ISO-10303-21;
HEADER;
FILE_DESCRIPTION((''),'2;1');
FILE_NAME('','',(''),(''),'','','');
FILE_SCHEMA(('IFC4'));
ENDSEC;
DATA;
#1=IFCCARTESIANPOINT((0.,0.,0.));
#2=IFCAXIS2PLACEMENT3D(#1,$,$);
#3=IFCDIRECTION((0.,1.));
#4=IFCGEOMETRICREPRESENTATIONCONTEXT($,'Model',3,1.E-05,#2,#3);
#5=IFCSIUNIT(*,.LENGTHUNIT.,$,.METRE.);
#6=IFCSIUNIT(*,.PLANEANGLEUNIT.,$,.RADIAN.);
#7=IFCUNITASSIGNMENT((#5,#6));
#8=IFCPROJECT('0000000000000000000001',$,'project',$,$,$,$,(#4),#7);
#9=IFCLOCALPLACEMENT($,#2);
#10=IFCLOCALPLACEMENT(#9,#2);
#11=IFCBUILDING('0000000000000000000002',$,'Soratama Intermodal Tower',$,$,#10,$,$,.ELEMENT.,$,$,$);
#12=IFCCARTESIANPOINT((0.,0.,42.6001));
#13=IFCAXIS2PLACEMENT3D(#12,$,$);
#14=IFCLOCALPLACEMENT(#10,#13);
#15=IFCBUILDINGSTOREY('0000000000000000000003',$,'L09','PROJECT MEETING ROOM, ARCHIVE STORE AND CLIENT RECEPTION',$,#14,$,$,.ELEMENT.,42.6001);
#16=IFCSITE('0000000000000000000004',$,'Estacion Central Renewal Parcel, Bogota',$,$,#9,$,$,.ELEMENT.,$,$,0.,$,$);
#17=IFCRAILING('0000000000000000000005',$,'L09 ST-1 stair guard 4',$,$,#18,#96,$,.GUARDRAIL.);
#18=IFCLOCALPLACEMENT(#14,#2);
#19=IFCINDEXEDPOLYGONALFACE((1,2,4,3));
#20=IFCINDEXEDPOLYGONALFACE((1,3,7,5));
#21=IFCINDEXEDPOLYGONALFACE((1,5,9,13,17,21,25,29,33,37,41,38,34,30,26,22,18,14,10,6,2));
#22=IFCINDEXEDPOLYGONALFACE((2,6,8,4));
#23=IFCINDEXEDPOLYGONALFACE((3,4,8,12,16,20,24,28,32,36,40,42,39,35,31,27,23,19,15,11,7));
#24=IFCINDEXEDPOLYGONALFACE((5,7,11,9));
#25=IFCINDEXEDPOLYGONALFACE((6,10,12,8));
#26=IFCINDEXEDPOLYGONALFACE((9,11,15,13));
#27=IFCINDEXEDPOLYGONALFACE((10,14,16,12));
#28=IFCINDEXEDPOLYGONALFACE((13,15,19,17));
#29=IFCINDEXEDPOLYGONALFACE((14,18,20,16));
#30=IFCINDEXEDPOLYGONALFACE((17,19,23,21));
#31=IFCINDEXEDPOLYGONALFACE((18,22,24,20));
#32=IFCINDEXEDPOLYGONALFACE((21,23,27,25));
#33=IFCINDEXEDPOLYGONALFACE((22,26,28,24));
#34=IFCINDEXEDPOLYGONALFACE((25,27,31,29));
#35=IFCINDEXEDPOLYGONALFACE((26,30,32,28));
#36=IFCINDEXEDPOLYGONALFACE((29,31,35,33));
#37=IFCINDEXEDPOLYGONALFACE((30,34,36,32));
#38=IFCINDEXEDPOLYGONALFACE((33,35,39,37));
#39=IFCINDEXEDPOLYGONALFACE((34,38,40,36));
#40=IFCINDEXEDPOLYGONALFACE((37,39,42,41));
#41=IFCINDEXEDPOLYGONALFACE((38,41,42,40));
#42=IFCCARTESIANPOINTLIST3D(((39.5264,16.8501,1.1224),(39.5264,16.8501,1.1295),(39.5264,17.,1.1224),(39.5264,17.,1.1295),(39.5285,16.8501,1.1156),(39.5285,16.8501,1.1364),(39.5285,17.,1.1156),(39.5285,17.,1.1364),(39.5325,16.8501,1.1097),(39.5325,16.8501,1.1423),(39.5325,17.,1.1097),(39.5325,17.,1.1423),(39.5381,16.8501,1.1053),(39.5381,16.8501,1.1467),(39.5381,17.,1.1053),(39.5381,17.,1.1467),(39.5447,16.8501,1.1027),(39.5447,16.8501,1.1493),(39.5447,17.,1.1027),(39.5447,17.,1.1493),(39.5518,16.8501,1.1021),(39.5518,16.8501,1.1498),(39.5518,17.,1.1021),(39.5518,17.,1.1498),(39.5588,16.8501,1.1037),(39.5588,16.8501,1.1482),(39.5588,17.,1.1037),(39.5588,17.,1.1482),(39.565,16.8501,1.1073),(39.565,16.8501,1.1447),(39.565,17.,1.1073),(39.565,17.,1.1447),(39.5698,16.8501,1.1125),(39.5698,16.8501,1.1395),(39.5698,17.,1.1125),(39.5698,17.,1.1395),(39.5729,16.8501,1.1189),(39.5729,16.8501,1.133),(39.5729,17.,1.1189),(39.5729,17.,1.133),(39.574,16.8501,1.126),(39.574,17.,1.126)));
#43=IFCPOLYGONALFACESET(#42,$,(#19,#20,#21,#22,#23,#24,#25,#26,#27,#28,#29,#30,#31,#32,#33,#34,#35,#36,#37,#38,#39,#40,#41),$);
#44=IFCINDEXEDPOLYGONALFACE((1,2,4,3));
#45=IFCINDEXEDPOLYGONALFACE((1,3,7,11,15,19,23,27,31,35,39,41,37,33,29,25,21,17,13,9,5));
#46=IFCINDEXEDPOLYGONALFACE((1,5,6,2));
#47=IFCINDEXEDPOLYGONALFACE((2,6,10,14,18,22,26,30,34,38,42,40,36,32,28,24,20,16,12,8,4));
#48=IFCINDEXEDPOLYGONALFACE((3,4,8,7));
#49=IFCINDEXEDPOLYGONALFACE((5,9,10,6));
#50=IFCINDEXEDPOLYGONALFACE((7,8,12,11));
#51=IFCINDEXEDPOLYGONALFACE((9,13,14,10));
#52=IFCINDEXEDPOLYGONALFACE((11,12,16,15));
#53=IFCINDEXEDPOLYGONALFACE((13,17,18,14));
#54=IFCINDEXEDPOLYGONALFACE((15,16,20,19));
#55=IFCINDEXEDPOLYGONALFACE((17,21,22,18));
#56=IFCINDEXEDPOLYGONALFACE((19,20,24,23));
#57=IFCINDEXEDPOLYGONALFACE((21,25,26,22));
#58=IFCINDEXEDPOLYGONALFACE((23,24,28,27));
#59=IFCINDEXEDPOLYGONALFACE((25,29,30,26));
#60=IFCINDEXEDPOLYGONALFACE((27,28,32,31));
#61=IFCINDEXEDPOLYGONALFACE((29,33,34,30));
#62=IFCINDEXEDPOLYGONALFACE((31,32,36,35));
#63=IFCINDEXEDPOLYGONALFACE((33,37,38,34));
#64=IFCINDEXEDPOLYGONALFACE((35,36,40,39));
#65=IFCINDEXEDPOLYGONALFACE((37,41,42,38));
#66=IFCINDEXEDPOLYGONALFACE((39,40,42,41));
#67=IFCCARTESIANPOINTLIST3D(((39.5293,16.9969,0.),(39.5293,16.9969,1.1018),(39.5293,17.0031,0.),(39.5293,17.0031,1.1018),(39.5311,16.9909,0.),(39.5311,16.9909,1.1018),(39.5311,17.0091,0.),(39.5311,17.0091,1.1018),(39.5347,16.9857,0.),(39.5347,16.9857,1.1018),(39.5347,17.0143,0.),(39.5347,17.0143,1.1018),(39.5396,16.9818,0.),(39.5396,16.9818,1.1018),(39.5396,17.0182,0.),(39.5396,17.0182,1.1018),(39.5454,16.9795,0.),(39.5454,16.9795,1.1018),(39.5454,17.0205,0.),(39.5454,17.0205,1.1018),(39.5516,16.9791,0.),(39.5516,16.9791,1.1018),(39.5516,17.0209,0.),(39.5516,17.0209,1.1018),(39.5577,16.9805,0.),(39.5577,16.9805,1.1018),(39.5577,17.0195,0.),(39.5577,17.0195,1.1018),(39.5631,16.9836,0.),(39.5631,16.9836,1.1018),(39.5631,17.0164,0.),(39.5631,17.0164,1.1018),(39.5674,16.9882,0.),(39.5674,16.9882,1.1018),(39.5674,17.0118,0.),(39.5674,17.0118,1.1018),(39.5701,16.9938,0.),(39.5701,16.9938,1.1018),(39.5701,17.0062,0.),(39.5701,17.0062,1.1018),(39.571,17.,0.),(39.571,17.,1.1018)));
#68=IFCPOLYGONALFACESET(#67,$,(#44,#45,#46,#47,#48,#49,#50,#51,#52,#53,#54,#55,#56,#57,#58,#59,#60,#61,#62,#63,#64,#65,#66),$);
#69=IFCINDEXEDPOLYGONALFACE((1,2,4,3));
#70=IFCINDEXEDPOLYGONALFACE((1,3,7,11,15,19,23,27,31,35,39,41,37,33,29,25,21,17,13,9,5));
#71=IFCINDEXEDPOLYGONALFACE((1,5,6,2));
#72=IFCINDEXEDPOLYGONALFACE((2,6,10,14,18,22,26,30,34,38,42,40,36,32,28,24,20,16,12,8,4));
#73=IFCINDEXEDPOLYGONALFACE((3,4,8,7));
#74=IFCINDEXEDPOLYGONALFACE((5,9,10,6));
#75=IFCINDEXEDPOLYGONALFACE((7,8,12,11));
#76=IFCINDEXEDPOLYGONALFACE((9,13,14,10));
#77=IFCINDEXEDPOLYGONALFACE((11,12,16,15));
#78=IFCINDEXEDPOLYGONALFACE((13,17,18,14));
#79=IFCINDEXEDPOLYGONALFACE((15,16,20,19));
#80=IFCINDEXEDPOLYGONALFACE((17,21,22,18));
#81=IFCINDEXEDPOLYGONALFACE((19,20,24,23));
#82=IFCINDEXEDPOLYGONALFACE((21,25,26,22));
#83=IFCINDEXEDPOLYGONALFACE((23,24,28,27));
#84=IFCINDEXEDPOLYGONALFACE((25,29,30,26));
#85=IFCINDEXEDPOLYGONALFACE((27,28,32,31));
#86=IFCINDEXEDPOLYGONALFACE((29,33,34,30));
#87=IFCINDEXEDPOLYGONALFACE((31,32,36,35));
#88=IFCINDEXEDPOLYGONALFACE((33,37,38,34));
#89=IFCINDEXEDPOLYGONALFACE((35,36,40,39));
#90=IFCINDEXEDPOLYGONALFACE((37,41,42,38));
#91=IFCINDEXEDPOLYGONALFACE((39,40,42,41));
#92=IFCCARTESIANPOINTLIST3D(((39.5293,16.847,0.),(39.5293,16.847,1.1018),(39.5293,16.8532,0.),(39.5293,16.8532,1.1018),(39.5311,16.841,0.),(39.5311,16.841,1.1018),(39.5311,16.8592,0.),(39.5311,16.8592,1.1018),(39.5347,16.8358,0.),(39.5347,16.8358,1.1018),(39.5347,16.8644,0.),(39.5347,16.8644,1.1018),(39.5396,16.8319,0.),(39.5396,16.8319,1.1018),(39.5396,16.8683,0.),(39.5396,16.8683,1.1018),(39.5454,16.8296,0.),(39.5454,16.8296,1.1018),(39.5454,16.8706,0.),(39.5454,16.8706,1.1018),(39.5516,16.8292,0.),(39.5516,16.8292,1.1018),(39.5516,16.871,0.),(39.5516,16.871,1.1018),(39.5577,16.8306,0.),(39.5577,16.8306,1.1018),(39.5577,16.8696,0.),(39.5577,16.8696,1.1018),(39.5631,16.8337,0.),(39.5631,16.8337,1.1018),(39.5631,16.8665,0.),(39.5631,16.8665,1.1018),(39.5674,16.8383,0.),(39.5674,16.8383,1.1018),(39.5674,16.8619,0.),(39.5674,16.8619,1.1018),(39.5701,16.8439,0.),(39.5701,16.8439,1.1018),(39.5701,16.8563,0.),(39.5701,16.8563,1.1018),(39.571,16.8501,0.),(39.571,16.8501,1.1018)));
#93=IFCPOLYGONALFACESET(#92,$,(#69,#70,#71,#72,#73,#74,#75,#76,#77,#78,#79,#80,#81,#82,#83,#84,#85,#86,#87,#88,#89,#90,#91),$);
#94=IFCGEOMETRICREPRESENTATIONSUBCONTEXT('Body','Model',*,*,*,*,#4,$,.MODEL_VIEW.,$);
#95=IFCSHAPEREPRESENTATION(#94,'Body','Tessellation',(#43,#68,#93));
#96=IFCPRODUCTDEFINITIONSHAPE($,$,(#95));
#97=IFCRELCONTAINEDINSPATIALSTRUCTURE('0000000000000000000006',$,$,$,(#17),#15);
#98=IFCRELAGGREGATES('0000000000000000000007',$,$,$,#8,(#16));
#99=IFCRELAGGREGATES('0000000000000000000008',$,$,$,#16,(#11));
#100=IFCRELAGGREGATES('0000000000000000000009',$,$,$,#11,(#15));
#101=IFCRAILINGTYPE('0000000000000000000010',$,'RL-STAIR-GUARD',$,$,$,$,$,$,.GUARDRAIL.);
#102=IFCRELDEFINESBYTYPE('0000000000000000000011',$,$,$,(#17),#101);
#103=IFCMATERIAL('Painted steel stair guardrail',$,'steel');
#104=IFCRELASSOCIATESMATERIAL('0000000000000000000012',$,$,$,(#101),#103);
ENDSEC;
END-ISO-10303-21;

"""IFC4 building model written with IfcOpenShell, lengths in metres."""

from ifc_helpers import new_model, si_unit, direction, frame, origin, origin_2d, place, context, subcontext, project, spatial, circle, extrude, material, type_object, element, save


model = new_model("IFC4")

# Units and contexts
model_context = context("Model", 3, precision=1e-05, world=origin(), true_north=direction((0.0, 1.0)))
body_context = subcontext(model_context, "Body", "Model", "MODEL_VIEW")
ifc_project = project(units=[si_unit("LENGTHUNIT", "METRE"), si_unit("PLANEANGLEUNIT", "RADIAN")], contexts=[model_context])

# Site, building, storey
site_placement = place(None, origin())
site = spatial("IfcSite", under=ifc_project, at=site_placement, Name="Estacion Central Renewal Parcel, Bogota", CompositionType="ELEMENT", RefElevation=0.0)
building_placement = place(site_placement, origin())
building = spatial("IfcBuilding", under=site, at=building_placement, Name="Soratama Intermodal Tower", CompositionType="ELEMENT")
storey_placement = place(building_placement, frame((0.0, 0.0, 42.6001)))
storey = spatial("IfcBuildingStorey", under=building, at=storey_placement, Name="L09", Description="PROJECT MEETING ROOM, ARCHIVE STORE AND CLIENT RECEPTION", CompositionType="ELEMENT", Elevation=42.6001)

# Railing
ifc_material_1 = material(Name="Painted steel stair guardrail", Category="steel")
railing_type = type_object("IfcRailingType", Name="RL-STAIR-GUARD", PredefinedType="GUARDRAIL", material=ifc_material_1)
railing_placement = place(storey_placement, frame((39.55, 17.0, 0.0)))
element("IfcRailing", 1, at=railing_placement, inside=storey, type_object=railing_type, Name="L09 ST-1 stair guard 4", PredefinedType="GUARDRAIL", context=body_context, shape_type="SweptSolid", body=[
    extrude(circle(Radius=0.0239, at=origin_2d()), frame((0.0, 0.0, 1.126), z_axis=(0.0, -1.0, 0.0), x_axis=(1.0, 0.0, 0.0)), (0.0, 0.0, 1.0), 0.1499),
    extrude(circle(Radius=0.021, at=origin_2d()), origin(), (0.0, 0.0, 1.0), 1.1018),
    extrude(circle(Radius=0.021, at=origin_2d()), frame((0.0, -0.1499, 0.0)), (0.0, 0.0, 1.0), 1.1018),
])

save(model, "model.ifc")
